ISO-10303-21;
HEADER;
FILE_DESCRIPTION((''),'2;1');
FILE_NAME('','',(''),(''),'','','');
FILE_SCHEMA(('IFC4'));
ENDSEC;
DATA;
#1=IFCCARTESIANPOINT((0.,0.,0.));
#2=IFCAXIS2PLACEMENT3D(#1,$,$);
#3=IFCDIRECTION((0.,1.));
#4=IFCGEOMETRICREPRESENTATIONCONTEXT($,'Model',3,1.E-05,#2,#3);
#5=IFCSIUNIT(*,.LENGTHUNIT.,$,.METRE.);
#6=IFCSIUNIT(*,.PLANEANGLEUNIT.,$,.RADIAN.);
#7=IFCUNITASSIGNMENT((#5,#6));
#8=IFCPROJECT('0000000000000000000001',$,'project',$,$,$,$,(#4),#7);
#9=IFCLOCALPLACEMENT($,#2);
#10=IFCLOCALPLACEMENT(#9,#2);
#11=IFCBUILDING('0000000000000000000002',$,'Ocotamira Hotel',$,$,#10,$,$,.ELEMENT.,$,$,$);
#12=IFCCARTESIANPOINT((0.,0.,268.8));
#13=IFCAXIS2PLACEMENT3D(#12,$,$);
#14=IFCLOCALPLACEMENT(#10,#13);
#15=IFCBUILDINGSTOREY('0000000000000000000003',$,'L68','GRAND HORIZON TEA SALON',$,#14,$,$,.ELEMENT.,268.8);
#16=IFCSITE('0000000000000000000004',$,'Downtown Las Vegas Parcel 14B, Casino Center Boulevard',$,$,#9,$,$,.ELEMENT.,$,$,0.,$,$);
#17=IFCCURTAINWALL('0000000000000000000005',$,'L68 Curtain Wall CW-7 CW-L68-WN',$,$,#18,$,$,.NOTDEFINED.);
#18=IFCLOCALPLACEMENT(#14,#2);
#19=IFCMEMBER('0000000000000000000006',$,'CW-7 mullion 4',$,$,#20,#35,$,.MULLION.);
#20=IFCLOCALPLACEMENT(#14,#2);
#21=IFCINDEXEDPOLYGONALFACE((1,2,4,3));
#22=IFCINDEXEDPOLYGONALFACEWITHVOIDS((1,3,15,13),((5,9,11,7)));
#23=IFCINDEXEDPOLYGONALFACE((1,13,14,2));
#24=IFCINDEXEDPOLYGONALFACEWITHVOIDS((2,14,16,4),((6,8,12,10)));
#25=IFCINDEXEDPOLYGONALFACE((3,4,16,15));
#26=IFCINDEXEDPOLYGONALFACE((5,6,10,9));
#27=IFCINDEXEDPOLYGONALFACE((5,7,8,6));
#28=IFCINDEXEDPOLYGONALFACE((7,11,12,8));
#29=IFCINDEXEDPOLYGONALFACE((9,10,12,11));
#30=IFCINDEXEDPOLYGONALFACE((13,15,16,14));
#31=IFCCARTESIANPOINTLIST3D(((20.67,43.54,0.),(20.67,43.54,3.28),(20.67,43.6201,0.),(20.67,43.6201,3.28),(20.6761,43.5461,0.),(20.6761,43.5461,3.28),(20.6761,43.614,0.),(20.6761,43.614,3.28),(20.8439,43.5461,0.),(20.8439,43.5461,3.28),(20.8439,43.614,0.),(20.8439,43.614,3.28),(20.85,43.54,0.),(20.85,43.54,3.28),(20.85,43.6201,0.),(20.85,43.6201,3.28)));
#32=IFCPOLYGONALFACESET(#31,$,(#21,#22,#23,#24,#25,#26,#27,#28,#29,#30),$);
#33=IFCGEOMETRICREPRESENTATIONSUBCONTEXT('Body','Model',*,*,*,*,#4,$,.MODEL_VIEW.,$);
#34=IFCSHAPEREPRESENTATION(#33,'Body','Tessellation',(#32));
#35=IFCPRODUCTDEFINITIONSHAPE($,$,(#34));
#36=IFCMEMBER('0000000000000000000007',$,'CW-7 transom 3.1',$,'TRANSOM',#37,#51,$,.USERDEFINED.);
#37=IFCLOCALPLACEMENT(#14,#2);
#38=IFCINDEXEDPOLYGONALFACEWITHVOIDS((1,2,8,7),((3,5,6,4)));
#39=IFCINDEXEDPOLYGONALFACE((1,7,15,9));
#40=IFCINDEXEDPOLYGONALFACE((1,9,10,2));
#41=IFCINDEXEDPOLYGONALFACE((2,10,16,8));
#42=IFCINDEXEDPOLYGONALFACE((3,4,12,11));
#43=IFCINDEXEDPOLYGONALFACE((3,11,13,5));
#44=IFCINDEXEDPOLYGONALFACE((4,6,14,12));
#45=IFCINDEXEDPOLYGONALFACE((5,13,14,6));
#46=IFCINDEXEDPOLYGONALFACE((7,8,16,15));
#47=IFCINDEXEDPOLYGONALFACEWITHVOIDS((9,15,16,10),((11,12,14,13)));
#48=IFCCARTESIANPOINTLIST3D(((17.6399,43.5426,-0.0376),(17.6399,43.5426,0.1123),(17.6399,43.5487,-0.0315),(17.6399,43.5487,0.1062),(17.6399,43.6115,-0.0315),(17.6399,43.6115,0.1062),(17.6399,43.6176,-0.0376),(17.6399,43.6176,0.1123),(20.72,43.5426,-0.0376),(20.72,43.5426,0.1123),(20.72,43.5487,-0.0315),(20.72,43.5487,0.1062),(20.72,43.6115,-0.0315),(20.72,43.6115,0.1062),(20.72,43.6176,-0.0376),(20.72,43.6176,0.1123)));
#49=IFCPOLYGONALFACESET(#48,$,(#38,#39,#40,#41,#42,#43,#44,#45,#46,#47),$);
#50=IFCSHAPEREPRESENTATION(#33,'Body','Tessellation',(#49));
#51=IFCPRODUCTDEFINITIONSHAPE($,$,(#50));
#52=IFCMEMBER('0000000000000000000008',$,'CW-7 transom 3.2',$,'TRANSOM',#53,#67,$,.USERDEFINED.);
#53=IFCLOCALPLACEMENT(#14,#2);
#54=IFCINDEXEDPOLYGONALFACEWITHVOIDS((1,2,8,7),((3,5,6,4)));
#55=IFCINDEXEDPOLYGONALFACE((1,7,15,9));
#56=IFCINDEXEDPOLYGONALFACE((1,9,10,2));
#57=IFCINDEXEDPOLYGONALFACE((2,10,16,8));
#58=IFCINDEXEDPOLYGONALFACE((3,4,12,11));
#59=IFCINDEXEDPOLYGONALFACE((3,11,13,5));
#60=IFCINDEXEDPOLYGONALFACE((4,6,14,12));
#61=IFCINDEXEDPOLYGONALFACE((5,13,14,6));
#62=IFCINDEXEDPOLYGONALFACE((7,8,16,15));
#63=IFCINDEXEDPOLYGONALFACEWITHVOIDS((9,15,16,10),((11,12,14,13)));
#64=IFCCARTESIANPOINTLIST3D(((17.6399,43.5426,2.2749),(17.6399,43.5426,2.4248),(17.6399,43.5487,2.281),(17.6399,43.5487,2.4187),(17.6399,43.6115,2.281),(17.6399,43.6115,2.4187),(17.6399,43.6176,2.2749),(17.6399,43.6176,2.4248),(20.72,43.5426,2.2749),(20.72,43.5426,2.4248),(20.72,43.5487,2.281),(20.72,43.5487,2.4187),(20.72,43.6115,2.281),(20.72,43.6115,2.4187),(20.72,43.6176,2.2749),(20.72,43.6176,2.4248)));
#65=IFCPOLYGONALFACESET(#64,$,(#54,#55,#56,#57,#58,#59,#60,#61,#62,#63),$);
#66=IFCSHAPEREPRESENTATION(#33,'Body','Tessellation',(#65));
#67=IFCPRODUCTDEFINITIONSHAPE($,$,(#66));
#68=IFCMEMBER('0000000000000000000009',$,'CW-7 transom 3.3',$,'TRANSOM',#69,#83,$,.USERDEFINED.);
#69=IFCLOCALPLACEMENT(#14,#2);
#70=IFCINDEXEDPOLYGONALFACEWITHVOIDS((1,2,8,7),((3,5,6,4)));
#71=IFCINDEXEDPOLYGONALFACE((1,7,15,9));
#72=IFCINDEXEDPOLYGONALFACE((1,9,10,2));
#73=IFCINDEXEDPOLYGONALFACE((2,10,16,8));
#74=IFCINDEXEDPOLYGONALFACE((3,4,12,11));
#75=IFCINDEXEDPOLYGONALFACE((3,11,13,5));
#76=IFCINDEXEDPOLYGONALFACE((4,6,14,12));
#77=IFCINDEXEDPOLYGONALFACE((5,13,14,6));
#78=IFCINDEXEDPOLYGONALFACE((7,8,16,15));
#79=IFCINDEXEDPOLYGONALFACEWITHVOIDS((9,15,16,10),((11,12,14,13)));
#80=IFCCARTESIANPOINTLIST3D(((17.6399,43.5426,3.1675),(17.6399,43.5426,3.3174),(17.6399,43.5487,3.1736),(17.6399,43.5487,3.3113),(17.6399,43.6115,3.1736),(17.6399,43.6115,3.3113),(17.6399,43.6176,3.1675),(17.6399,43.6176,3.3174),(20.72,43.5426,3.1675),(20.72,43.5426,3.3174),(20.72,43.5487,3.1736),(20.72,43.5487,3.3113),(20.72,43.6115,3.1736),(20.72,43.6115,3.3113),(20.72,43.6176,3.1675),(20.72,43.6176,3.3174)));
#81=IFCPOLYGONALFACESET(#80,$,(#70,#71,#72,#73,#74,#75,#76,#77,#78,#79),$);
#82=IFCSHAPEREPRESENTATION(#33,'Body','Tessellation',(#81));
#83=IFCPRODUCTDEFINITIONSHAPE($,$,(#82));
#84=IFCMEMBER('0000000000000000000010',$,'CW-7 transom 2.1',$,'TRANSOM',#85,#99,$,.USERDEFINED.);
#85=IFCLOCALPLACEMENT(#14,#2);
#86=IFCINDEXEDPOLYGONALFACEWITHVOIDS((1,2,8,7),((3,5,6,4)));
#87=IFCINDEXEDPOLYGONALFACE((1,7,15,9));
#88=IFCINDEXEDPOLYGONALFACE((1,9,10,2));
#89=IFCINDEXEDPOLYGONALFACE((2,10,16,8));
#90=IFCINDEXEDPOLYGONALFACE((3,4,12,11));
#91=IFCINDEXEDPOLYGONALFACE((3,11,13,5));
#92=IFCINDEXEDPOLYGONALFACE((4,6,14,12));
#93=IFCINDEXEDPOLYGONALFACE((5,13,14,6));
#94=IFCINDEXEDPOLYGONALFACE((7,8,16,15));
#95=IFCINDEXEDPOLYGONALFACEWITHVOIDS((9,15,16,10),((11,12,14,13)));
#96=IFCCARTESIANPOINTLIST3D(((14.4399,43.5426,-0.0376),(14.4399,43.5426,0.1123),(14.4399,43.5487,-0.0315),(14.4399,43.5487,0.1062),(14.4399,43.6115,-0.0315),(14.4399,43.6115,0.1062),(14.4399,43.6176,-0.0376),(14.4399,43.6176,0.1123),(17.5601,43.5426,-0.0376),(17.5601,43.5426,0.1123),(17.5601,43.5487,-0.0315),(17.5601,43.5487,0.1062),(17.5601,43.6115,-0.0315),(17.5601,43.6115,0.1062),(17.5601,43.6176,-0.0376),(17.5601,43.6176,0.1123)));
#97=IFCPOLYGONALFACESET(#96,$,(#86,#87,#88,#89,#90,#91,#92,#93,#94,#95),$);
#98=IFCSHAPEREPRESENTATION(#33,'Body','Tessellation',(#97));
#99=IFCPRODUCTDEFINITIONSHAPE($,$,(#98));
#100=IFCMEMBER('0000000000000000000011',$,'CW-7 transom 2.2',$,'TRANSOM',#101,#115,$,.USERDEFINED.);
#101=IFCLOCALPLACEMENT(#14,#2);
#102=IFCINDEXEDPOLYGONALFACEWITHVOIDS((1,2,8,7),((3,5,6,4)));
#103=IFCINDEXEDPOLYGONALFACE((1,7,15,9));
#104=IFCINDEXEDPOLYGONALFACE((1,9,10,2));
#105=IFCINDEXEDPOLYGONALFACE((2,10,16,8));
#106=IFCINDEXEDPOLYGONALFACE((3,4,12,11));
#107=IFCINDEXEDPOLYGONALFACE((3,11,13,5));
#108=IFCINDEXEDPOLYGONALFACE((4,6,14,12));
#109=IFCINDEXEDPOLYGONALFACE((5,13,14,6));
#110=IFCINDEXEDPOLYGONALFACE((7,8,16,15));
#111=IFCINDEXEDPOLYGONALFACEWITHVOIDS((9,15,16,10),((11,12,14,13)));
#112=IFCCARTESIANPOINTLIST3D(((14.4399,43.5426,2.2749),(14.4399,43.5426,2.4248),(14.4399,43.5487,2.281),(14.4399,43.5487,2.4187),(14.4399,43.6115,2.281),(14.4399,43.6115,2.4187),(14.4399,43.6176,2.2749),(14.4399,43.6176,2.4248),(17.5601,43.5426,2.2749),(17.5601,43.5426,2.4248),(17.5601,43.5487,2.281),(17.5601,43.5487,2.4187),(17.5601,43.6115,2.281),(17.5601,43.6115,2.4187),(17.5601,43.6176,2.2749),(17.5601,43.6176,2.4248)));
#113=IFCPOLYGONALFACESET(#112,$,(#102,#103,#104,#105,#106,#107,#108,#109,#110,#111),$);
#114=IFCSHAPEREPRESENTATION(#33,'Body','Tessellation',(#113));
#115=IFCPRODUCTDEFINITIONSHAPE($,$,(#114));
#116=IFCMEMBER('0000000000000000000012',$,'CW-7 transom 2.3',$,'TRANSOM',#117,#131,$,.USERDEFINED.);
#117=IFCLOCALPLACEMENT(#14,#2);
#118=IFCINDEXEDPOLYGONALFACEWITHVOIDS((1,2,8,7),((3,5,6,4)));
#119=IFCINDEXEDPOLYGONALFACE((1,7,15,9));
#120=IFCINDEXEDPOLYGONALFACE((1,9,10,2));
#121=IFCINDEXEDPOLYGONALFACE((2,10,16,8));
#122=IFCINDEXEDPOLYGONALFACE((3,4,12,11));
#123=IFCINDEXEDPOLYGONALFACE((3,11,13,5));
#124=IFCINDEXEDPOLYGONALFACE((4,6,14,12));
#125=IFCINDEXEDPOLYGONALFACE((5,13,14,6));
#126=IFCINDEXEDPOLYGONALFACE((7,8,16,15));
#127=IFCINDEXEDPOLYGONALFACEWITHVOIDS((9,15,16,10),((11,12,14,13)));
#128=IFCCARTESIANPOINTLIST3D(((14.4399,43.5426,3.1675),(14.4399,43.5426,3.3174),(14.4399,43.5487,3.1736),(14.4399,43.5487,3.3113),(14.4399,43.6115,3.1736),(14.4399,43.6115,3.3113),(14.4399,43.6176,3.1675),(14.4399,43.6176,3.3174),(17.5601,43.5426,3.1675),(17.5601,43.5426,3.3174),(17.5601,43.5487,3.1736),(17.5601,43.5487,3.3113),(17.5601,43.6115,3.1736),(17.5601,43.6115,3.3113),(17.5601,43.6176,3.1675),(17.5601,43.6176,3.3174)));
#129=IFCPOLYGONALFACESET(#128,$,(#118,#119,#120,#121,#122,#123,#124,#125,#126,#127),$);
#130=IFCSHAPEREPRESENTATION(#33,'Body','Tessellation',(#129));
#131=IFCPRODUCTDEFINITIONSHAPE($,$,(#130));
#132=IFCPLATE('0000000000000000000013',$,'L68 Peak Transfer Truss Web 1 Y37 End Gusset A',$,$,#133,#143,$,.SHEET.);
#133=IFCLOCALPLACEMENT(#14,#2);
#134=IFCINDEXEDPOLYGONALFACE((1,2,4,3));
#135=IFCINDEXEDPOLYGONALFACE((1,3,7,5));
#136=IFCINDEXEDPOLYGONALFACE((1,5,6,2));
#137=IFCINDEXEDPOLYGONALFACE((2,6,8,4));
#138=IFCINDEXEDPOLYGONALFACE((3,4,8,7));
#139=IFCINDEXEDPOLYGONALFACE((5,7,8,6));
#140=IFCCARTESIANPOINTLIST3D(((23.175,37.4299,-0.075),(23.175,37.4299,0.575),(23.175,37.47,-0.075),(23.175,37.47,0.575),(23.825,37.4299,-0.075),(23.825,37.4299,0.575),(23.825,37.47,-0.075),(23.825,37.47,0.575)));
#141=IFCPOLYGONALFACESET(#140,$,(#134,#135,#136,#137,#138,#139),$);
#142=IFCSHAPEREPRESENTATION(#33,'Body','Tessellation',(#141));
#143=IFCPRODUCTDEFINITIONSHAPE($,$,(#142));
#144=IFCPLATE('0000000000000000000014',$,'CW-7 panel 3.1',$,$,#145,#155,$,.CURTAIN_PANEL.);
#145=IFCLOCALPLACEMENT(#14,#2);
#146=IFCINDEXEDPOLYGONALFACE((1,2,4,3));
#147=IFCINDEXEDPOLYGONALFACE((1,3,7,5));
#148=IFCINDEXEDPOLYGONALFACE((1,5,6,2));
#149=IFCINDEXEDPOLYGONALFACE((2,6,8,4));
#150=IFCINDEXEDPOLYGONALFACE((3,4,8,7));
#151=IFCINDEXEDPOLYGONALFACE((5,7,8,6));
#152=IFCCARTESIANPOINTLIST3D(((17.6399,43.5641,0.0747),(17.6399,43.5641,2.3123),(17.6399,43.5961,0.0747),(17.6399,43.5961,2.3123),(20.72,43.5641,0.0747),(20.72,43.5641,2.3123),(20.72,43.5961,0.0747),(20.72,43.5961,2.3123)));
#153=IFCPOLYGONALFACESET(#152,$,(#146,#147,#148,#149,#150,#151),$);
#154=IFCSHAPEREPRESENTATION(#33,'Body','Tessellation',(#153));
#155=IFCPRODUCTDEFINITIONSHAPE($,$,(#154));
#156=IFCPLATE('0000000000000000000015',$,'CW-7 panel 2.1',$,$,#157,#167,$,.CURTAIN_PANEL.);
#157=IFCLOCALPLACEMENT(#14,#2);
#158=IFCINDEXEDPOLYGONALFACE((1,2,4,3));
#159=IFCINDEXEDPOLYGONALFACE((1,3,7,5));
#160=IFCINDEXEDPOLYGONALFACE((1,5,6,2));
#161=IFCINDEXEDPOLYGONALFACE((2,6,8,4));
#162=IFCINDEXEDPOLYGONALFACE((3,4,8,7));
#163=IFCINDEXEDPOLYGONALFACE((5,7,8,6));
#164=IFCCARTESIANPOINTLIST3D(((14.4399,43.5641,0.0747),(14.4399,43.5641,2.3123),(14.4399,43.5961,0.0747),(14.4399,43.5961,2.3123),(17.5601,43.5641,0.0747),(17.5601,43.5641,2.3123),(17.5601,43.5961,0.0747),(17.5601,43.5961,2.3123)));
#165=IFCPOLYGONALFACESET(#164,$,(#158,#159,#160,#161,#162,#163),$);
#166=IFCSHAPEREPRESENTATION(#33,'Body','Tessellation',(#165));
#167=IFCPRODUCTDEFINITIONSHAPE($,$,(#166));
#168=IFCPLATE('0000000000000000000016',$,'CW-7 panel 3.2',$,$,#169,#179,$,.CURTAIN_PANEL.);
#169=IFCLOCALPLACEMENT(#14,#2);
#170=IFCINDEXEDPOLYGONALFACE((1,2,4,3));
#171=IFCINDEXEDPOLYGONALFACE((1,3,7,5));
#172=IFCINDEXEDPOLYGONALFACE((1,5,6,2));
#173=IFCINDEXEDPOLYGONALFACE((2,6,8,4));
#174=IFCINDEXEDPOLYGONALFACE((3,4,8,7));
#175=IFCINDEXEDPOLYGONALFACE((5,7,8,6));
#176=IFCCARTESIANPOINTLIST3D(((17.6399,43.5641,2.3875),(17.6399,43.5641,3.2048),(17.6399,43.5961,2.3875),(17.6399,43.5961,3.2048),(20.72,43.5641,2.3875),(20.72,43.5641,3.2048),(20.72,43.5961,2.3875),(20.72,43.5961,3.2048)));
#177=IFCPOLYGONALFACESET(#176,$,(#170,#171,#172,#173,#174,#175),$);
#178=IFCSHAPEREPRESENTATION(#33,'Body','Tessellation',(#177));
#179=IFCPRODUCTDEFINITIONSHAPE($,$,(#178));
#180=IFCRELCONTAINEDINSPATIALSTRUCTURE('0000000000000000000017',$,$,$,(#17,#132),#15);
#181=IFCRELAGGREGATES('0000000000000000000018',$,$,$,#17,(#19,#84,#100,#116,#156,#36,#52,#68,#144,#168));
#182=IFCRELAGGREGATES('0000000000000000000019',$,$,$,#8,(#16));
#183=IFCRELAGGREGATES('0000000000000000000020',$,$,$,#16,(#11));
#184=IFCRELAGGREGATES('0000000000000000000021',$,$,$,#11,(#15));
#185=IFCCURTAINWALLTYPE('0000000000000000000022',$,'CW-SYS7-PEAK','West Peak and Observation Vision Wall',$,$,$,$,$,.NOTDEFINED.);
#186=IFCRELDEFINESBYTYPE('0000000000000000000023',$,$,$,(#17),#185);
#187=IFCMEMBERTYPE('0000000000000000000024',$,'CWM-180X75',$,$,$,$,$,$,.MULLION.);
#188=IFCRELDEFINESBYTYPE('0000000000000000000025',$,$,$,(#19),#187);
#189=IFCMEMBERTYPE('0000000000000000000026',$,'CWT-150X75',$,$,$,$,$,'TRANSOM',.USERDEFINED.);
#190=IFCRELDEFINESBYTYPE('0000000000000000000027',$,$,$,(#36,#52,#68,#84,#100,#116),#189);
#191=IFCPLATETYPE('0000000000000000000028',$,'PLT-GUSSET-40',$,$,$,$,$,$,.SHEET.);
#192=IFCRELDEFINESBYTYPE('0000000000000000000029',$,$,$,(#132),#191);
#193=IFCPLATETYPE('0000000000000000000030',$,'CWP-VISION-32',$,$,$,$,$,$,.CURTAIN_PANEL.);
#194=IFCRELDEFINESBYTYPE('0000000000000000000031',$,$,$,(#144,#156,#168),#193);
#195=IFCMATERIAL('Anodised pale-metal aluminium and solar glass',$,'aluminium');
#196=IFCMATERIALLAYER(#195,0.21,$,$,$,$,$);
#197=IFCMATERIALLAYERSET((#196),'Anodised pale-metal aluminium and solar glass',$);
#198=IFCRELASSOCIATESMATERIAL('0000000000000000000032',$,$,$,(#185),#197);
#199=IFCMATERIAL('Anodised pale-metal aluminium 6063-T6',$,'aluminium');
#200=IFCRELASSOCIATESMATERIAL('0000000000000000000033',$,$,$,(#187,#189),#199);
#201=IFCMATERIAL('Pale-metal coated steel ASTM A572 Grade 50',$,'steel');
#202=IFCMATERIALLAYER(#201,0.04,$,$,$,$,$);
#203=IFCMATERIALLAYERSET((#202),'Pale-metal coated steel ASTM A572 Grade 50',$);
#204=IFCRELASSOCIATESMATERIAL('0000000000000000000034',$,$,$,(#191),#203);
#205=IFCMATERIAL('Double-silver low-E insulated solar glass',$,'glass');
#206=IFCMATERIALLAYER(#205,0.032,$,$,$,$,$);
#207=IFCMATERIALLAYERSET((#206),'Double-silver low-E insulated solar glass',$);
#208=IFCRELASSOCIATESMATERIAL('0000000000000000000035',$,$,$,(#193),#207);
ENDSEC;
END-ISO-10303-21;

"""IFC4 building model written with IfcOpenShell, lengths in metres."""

from ifc_helpers import new_model, si_unit, direction, frame, origin, origin_2d, place, context, subcontext, project, spatial, rectangle, hollow_rectangle, extrude, source, transform, mapped, material, layer, layer_set, material_profile, profile_set, type_object, element, aggregate, save


model = new_model("IFC4")

# Units and contexts
model_context = context("Model", 3, precision=1e-05, world=origin(), true_north=direction((0.0, 1.0)))
body_context = subcontext(model_context, "Body", "Model", "MODEL_VIEW")
ifc_project = project(units=[si_unit("LENGTHUNIT", "METRE"), si_unit("PLANEANGLEUNIT", "RADIAN")], contexts=[model_context])

# Site, building, storey
site_placement = place(None, origin())
site = spatial("IfcSite", under=ifc_project, at=site_placement, Name="Downtown Las Vegas Parcel 14B, Casino Center Boulevard", CompositionType="ELEMENT", RefElevation=0.0)
building_placement = place(site_placement, origin())
building = spatial("IfcBuilding", under=site, at=building_placement, Name="Ocotamira Hotel", CompositionType="ELEMENT")
storey_placement = place(building_placement, frame((0.0, 0.0, 268.8)))
storey = spatial("IfcBuildingStorey", under=building, at=storey_placement, Name="L68", Description="GRAND HORIZON TEA SALON", CompositionType="ELEMENT", Elevation=268.8)

# Curtain wall, members
ifc_material_1 = material(Name="Anodised pale-metal aluminium and solar glass", Category="aluminium")
ifc_layer_1 = layer(ifc_material_1, 0.21)
ifc_layer_set_1 = layer_set([ifc_layer_1], Name="Anodised pale-metal aluminium and solar glass")
curtain_wall_type = type_object("IfcCurtainWallType", Name="CW-SYS7-PEAK", Description="West Peak and Observation Vision Wall", PredefinedType="NOTDEFINED", material=ifc_layer_set_1)
curtain_wall_placement = place(storey_placement, origin())
curtain_wall = element("IfcCurtainWall", 1, at=curtain_wall_placement, inside=storey, type_object=curtain_wall_type, Name="L68 Curtain Wall CW-7 CW-L68-WN", PredefinedType="NOTDEFINED")
ifc_material_2 = material(Name="Anodised pale-metal aluminium 6063-T6", Category="aluminium")
ifc_material_profile_1 = material_profile(ifc_material_2, hollow_rectangle(XDim=0.0801, YDim=0.1799, WallThickness=0.0061, at=origin_2d()), Name="HSS180X80X6")
ifc_profile_set_1 = profile_set([ifc_material_profile_1], Name="Anodised pale-metal aluminium 6063-T6")
member_type_1 = type_object("IfcMemberType", Name="CWM-180X75", PredefinedType="MULLION", material=ifc_profile_set_1)
shared_shape_1 = source(origin(), body_context, "Body", "SweptSolid", [
    extrude(hollow_rectangle(XDim=0.0801, YDim=0.1799, WallThickness=0.0061, at=origin_2d()), origin(), (0.0, 0.0, 1.0), 3.28),
])
member_1_placement = place(storey_placement, frame((20.76, 43.5801, 0.0), z_axis=(0.0, 0.0, 1.0), x_axis=(0.0, 1.0, 0.0)))
member_1 = element("IfcMember", 2, at=member_1_placement, type_object=member_type_1, Name="CW-7 mullion 4", PredefinedType="MULLION", context=body_context, shape_type="MappedRepresentation", body=[
    mapped(shared_shape_1, transform((0.0, 0.0, 0.0), scale=1.0)),
])
ifc_material_profile_2 = material_profile(ifc_material_2, hollow_rectangle(XDim=0.075, YDim=0.1499, WallThickness=0.0061, at=origin_2d()), Name="HSS150X75X6")
ifc_profile_set_2 = profile_set([ifc_material_profile_2], Name="Anodised pale-metal aluminium 6063-T6")
member_type_2 = type_object("IfcMemberType", Name="CWT-150X75", ElementType="TRANSOM", PredefinedType="USERDEFINED", material=ifc_profile_set_2)
shared_shape_2 = source(origin(), body_context, "Body", "SweptSolid", [
    extrude(hollow_rectangle(XDim=0.075, YDim=0.1499, WallThickness=0.0061, at=origin_2d()), origin(), (0.0, 0.0, 1.0), 3.0801),
])
member_2_placement = place(storey_placement, frame((17.6399, 43.5801, 0.0374), z_axis=(1.0, 0.0, 0.0), x_axis=(0.0, 1.0, 0.0)))
member_2 = element("IfcMember", 3, at=member_2_placement, type_object=member_type_2, Name="CW-7 transom 3.1", ObjectType="TRANSOM", PredefinedType="USERDEFINED", context=body_context, shape_type="MappedRepresentation", body=[
    mapped(shared_shape_2, transform((0.0, 0.0, 0.0), scale=1.0)),
])
member_3_placement = place(storey_placement, frame((17.6399, 43.5801, 2.3499), z_axis=(1.0, 0.0, 0.0), x_axis=(0.0, 1.0, 0.0)))
member_3 = element("IfcMember", 4, at=member_3_placement, type_object=member_type_2, Name="CW-7 transom 3.2", ObjectType="TRANSOM", PredefinedType="USERDEFINED", context=body_context, shape_type="MappedRepresentation", body=[
    mapped(shared_shape_2, transform((0.0, 0.0, 0.0), scale=1.0)),
])
member_4_placement = place(storey_placement, frame((17.6399, 43.5801, 3.2424), z_axis=(1.0, 0.0, 0.0), x_axis=(0.0, 1.0, 0.0)))
member_4 = element("IfcMember", 5, at=member_4_placement, type_object=member_type_2, Name="CW-7 transom 3.3", ObjectType="TRANSOM", PredefinedType="USERDEFINED", context=body_context, shape_type="MappedRepresentation", body=[
    mapped(shared_shape_2, transform((0.0, 0.0, 0.0), scale=1.0)),
])
shared_shape_3 = source(origin(), body_context, "Body", "SweptSolid", [
    extrude(hollow_rectangle(XDim=0.075, YDim=0.1499, WallThickness=0.0061, at=origin_2d()), origin(), (0.0, 0.0, 1.0), 3.1201),
])
member_5_placement = place(storey_placement, frame((14.4399, 43.5801, 0.0374), z_axis=(1.0, 0.0, 0.0), x_axis=(0.0, 1.0, 0.0)))
member_5 = element("IfcMember", 6, at=member_5_placement, type_object=member_type_2, Name="CW-7 transom 2.1", ObjectType="TRANSOM", PredefinedType="USERDEFINED", context=body_context, shape_type="MappedRepresentation", body=[
    mapped(shared_shape_3, transform((0.0, 0.0, 0.0), scale=1.0)),
])
member_6_placement = place(storey_placement, frame((14.4399, 43.5801, 2.3499), z_axis=(1.0, 0.0, 0.0), x_axis=(0.0, 1.0, 0.0)))
member_6 = element("IfcMember", 7, at=member_6_placement, type_object=member_type_2, Name="CW-7 transom 2.2", ObjectType="TRANSOM", PredefinedType="USERDEFINED", context=body_context, shape_type="MappedRepresentation", body=[
    mapped(shared_shape_3, transform((0.0, 0.0, 0.0), scale=1.0)),
])
member_7_placement = place(storey_placement, frame((14.4399, 43.5801, 3.2424), z_axis=(1.0, 0.0, 0.0), x_axis=(0.0, 1.0, 0.0)))
member_7 = element("IfcMember", 8, at=member_7_placement, type_object=member_type_2, Name="CW-7 transom 2.3", ObjectType="TRANSOM", PredefinedType="USERDEFINED", context=body_context, shape_type="MappedRepresentation", body=[
    mapped(shared_shape_3, transform((0.0, 0.0, 0.0), scale=1.0)),
])

# Plates
ifc_material_3 = material(Name="Pale-metal coated steel ASTM A572 Grade 50", Category="steel")
ifc_layer_2 = layer(ifc_material_3, 0.04)
ifc_layer_set_2 = layer_set([ifc_layer_2], Name="Pale-metal coated steel ASTM A572 Grade 50")
plate_type_1 = type_object("IfcPlateType", Name="PLT-GUSSET-40", PredefinedType="SHEET", material=ifc_layer_set_2)
shared_shape_4 = source(origin(), body_context, "Body", "SweptSolid", [
    extrude(rectangle(XDim=0.6499, YDim=0.04, at=origin_2d()), origin(), (0.0, 0.0, 1.0), 0.6499),
])
plate_1_placement = place(storey_placement, frame((23.5, 37.45, -0.075), z_axis=(0.0, 0.0, 1.0), x_axis=(1.0, 0.0, 0.0)))
element("IfcPlate", 9, at=plate_1_placement, inside=storey, type_object=plate_type_1, Name="L68 Peak Transfer Truss Web 1 Y37 End Gusset A", PredefinedType="SHEET", context=body_context, shape_type="MappedRepresentation", body=[
    mapped(shared_shape_4, transform((0.0, 0.0, 0.0), scale=1.0)),
])
ifc_material_4 = material(Name="Double-silver low-E insulated solar glass", Category="glass")
ifc_layer_3 = layer(ifc_material_4, 0.032)
ifc_layer_set_3 = layer_set([ifc_layer_3], Name="Double-silver low-E insulated solar glass")
plate_type_2 = type_object("IfcPlateType", Name="CWP-VISION-32", PredefinedType="CURTAIN_PANEL", material=ifc_layer_set_3)
shared_shape_5 = source(origin(), body_context, "Body", "SweptSolid", [
    extrude(rectangle(XDim=3.0801, YDim=0.032, at=origin_2d()), origin(), (0.0, 0.0, 1.0), 2.2375),
])
plate_2_placement = place(storey_placement, frame((19.1799, 43.5801, 0.0747), z_axis=(0.0, 0.0, 1.0), x_axis=(1.0, 0.0, 0.0)))
plate_2 = element("IfcPlate", 10, at=plate_2_placement, type_object=plate_type_2, Name="CW-7 panel 3.1", PredefinedType="CURTAIN_PANEL", context=body_context, shape_type="MappedRepresentation", body=[
    mapped(shared_shape_5, transform((0.0, 0.0, 0.0), scale=1.0)),
])
shared_shape_6 = source(origin(), body_context, "Body", "SweptSolid", [
    extrude(rectangle(XDim=3.1201, YDim=0.032, at=origin_2d()), origin(), (0.0, 0.0, 1.0), 2.2375),
])
plate_3_placement = place(storey_placement, frame((16.0, 43.5801, 0.0747), z_axis=(0.0, 0.0, 1.0), x_axis=(1.0, 0.0, 0.0)))
plate_3 = element("IfcPlate", 11, at=plate_3_placement, type_object=plate_type_2, Name="CW-7 panel 2.1", PredefinedType="CURTAIN_PANEL", context=body_context, shape_type="MappedRepresentation", body=[
    mapped(shared_shape_6, transform((0.0, 0.0, 0.0), scale=1.0)),
])
shared_shape_7 = source(origin(), body_context, "Body", "SweptSolid", [
    extrude(rectangle(XDim=3.0801, YDim=0.032, at=origin_2d()), origin(), (0.0, 0.0, 1.0), 0.8174),
])
plate_4_placement = place(storey_placement, frame((19.1799, 43.5801, 2.3875), z_axis=(0.0, 0.0, 1.0), x_axis=(1.0, 0.0, 0.0)))
plate_4 = element("IfcPlate", 12, at=plate_4_placement, type_object=plate_type_2, Name="CW-7 panel 3.2", PredefinedType="CURTAIN_PANEL", context=body_context, shape_type="MappedRepresentation", body=[
    mapped(shared_shape_7, transform((0.0, 0.0, 0.0), scale=1.0)),
])
aggregate(curtain_wall, [member_1, member_5, member_6, member_7, plate_3, member_2, member_3, member_4, plate_2, plate_4])

save(model, "model.ifc")
